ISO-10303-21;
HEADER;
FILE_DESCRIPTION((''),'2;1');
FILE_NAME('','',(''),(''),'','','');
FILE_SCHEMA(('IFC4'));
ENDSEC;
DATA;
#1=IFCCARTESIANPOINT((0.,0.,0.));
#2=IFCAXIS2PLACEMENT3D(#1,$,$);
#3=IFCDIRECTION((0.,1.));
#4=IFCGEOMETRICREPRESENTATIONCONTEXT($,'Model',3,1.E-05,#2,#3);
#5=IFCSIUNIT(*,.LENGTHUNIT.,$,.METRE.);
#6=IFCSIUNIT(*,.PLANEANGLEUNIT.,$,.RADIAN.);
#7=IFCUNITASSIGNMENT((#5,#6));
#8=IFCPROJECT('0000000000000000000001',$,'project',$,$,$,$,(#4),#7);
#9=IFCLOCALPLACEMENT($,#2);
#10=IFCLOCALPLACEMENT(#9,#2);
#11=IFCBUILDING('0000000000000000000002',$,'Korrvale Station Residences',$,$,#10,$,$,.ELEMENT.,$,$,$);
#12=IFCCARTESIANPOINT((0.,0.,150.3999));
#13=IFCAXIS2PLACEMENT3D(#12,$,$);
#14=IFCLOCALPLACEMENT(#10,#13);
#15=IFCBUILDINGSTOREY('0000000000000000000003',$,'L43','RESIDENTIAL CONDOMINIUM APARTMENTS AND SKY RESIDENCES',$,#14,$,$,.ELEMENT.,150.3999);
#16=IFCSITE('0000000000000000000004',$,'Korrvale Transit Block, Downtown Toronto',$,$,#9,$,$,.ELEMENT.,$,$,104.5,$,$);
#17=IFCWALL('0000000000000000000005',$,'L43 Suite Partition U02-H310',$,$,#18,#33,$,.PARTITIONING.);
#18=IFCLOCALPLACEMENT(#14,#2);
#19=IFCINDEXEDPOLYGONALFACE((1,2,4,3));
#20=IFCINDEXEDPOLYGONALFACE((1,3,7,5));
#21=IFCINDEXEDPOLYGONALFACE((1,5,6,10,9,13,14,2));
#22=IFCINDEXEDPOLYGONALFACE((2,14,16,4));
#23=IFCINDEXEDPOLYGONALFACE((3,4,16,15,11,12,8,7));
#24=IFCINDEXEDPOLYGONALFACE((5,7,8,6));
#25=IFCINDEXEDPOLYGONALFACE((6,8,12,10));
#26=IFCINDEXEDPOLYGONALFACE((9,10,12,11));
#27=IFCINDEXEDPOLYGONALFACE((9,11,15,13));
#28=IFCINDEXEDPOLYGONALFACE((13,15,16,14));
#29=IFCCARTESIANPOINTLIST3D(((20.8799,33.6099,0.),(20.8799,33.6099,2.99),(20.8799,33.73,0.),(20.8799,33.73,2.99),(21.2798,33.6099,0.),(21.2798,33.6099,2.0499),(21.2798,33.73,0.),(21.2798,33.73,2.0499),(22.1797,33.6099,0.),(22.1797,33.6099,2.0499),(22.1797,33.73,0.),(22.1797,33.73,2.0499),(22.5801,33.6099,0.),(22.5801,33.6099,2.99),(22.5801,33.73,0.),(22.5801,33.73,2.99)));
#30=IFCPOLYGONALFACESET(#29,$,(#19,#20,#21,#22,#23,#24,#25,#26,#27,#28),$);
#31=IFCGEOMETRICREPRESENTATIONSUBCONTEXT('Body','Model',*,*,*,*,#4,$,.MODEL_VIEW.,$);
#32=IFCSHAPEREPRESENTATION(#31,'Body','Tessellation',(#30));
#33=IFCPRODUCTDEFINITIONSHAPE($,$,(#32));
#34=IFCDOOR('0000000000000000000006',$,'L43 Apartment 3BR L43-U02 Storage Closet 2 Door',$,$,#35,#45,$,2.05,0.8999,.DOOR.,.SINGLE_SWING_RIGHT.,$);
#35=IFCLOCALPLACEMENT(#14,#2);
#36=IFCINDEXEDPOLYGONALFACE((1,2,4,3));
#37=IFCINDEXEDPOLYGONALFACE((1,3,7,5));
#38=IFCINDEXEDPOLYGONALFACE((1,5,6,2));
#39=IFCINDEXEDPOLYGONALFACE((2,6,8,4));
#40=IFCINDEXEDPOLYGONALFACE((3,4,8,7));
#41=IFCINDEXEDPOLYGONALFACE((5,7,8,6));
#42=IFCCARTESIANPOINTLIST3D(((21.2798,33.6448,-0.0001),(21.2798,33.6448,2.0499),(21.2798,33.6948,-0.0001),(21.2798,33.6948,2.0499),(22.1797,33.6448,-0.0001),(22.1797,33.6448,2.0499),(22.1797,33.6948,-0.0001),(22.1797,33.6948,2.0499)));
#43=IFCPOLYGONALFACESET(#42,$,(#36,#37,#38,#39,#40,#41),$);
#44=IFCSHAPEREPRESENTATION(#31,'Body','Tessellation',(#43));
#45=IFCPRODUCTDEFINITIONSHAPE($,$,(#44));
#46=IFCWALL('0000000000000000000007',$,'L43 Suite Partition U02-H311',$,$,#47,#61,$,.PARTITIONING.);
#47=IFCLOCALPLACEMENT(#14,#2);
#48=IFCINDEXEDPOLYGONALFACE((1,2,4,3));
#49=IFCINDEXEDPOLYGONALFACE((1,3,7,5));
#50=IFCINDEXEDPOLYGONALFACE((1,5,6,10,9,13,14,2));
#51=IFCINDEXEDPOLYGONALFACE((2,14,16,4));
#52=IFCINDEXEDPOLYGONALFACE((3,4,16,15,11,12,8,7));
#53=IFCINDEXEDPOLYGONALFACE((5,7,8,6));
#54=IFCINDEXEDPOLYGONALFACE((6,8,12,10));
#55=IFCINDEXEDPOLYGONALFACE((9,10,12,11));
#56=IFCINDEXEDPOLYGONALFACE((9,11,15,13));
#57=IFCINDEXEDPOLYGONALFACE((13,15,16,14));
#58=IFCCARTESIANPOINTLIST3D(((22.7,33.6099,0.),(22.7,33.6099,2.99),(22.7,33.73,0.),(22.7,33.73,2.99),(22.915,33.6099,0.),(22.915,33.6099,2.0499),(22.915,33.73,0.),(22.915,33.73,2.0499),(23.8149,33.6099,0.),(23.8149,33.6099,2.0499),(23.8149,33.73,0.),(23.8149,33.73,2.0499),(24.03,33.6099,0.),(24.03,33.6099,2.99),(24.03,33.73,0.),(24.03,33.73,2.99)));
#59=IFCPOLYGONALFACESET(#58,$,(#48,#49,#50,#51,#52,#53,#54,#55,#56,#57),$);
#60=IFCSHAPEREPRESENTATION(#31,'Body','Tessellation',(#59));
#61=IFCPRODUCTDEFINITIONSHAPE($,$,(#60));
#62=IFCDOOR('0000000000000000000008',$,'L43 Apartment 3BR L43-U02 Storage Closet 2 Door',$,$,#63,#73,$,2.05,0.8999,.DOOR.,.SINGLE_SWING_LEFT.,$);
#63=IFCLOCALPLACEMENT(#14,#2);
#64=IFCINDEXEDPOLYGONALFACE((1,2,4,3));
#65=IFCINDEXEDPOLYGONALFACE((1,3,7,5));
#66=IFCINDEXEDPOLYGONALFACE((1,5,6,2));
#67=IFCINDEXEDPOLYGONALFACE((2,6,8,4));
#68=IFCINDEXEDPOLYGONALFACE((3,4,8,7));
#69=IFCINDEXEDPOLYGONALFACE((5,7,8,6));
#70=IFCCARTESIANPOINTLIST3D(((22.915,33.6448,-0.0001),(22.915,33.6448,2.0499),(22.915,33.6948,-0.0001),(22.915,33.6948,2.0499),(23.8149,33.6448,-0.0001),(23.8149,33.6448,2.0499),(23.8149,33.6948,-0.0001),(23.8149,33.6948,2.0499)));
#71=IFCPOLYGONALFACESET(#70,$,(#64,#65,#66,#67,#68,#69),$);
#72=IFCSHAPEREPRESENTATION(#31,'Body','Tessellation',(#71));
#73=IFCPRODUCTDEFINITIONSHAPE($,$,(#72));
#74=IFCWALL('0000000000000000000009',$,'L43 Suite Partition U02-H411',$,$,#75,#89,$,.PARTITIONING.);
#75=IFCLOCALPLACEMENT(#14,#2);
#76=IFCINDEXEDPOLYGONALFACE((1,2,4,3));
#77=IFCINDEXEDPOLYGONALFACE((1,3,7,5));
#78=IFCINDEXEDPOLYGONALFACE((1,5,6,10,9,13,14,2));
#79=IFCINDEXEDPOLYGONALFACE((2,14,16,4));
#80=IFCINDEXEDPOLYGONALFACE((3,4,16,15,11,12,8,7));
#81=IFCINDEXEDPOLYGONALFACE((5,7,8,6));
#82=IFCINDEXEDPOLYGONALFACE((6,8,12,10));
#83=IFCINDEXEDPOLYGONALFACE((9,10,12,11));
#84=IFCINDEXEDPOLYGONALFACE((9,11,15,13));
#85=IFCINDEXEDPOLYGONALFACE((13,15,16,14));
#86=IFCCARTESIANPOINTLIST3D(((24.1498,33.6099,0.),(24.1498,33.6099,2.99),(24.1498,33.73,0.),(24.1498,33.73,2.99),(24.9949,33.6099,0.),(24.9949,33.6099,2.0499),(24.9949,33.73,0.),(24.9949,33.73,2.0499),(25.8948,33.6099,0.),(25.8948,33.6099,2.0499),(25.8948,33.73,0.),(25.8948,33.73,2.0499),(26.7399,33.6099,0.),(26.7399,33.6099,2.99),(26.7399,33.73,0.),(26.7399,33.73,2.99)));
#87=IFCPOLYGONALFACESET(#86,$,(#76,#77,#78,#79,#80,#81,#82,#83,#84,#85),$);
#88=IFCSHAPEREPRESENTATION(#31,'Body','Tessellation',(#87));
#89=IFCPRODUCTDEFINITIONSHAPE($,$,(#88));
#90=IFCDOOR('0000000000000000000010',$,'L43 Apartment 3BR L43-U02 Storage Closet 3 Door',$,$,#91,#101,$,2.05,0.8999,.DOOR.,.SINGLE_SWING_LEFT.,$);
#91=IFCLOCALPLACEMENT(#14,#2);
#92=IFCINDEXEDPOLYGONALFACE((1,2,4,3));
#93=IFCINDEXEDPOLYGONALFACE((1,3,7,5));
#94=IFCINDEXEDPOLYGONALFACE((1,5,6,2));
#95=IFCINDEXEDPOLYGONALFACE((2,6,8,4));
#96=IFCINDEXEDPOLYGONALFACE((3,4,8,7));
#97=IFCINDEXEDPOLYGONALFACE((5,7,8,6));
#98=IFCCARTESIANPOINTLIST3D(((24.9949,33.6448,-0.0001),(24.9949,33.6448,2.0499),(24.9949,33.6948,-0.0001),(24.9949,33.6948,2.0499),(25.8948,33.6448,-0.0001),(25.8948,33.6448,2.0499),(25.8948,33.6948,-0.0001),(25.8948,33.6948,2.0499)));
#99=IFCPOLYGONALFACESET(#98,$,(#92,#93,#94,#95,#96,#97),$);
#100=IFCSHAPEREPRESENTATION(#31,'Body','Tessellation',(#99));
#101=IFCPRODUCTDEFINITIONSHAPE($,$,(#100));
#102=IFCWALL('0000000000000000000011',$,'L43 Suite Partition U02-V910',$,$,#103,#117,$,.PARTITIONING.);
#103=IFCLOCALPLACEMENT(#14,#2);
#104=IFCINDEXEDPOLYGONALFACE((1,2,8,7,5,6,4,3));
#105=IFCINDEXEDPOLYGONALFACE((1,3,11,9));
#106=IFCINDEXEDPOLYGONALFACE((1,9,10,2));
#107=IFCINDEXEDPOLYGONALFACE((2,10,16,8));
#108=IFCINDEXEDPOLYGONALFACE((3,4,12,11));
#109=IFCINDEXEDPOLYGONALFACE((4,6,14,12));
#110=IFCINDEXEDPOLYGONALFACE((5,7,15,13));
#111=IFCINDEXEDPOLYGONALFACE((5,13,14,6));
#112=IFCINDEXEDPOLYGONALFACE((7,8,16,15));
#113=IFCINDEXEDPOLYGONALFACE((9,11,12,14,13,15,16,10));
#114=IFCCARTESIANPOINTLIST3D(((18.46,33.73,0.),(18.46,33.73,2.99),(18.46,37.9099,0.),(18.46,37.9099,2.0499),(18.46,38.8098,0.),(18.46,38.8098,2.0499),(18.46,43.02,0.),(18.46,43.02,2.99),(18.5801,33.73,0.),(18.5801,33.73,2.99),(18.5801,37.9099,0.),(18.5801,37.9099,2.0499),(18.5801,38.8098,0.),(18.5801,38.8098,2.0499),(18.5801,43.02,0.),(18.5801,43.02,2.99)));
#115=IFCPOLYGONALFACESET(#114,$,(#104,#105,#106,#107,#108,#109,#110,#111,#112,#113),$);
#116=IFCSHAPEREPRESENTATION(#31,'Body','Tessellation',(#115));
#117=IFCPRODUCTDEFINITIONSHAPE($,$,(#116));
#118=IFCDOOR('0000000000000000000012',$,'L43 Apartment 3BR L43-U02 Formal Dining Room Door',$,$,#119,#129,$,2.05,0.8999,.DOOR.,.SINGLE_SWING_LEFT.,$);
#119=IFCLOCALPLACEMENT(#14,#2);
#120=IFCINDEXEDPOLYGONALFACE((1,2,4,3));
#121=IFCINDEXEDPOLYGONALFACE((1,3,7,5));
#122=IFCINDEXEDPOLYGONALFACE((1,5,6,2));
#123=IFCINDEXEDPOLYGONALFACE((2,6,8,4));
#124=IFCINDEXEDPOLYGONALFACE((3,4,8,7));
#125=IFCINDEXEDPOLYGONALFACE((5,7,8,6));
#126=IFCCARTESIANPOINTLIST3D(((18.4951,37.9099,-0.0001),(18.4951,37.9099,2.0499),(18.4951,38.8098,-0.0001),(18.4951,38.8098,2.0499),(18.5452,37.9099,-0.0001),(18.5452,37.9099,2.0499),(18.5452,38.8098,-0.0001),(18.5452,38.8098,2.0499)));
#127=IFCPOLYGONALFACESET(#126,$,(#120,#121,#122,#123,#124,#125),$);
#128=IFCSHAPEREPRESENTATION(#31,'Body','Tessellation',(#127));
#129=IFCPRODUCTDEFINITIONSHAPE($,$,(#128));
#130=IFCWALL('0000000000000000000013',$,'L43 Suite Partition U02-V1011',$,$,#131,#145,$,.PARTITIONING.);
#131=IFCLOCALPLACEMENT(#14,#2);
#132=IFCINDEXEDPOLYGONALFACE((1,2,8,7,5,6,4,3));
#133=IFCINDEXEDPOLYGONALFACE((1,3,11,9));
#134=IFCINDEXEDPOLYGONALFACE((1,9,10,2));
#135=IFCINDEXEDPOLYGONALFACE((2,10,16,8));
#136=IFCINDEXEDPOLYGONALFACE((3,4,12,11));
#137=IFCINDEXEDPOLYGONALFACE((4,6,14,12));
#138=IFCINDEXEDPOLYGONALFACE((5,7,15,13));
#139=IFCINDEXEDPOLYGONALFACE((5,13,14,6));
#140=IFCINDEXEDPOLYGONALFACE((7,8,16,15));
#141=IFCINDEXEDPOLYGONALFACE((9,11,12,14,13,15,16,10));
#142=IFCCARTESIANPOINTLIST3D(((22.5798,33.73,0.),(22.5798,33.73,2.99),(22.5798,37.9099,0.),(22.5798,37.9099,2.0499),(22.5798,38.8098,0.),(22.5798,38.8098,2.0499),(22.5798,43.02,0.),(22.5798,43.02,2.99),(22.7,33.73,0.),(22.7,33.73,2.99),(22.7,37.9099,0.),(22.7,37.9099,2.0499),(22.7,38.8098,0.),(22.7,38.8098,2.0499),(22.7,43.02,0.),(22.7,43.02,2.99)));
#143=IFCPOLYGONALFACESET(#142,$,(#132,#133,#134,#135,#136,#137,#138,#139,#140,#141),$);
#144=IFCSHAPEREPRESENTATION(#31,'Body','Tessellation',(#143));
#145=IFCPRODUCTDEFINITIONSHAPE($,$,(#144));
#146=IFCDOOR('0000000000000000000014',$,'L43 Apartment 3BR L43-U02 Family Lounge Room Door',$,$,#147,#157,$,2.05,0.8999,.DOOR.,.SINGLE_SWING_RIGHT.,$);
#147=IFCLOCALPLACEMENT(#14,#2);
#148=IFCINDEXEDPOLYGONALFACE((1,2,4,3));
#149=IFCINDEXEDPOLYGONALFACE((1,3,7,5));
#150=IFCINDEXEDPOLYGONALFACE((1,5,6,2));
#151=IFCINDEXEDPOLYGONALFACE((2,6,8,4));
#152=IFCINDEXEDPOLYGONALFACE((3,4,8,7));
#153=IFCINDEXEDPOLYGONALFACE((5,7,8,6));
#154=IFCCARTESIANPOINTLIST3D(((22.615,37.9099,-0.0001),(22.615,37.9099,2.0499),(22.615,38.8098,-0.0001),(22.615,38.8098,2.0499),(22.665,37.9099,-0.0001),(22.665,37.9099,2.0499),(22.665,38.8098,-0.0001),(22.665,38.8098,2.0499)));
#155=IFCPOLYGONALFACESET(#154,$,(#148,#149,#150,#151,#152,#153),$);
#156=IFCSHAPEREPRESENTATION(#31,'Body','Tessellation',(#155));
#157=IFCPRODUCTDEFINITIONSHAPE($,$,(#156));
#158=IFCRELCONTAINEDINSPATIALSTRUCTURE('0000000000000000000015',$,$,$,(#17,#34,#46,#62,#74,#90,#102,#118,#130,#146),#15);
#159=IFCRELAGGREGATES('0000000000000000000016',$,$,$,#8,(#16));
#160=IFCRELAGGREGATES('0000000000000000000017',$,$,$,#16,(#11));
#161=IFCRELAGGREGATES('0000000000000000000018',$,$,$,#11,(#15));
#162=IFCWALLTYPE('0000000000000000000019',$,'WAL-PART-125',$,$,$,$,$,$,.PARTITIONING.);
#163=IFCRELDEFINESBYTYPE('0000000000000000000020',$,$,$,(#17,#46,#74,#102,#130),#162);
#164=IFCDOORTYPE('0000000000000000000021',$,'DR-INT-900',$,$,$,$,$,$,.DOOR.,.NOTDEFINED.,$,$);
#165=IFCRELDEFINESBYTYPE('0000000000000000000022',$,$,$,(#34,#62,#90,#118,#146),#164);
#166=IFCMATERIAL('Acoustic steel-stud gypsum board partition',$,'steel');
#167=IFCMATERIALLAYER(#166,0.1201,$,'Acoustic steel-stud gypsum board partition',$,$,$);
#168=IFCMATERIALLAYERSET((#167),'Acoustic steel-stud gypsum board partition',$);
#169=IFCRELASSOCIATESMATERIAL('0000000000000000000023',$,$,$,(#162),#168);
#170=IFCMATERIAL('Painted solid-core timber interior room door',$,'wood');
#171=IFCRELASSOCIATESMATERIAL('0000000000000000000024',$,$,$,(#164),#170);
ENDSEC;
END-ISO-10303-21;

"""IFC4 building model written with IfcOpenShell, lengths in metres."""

from ifc_helpers import new_model, si_unit, direction, frame, frame_2d, origin, place, context, subcontext, project, spatial, rectangle, extrude, material, layer, layer_set, type_object, element, fill, save


model = new_model("IFC4")

# Units and contexts
model_context = context("Model", 3, precision=1e-05, world=origin(), true_north=direction((0.0, 1.0)))
body_context = subcontext(model_context, "Body", "Model", "MODEL_VIEW")
ifc_project = project(units=[si_unit("LENGTHUNIT", "METRE"), si_unit("PLANEANGLEUNIT", "RADIAN")], contexts=[model_context])

# Site, building, storey
site_placement = place(None, origin())
site = spatial("IfcSite", under=ifc_project, at=site_placement, Name="Korrvale Transit Block, Downtown Toronto", CompositionType="ELEMENT", RefElevation=104.5)
building_placement = place(site_placement, origin())
building = spatial("IfcBuilding", under=site, at=building_placement, Name="Korrvale Station Residences", CompositionType="ELEMENT")
storey_placement = place(building_placement, frame((0.0, 0.0, 150.3999)))
storey = spatial("IfcBuildingStorey", under=building, at=storey_placement, Name="L43", Description="RESIDENTIAL CONDOMINIUM APARTMENTS AND SKY RESIDENCES", CompositionType="ELEMENT", Elevation=150.3999)

# Walls, openings, doors
ifc_material_1 = material(Name="Acoustic steel-stud gypsum board partition", Category="steel")
ifc_layer = layer(ifc_material_1, 0.1201, Name="Acoustic steel-stud gypsum board partition")
ifc_layer_set = layer_set([ifc_layer], Name="Acoustic steel-stud gypsum board partition")
wall_type = type_object("IfcWallType", Name="WAL-PART-125", PredefinedType="PARTITIONING", material=ifc_layer_set)
ifc_material_2 = material(Name="Painted solid-core timber interior room door", Category="wood")
door_type = type_object("IfcDoorType", Name="DR-INT-900", OperationType="NOTDEFINED", PredefinedType="DOOR", material=ifc_material_2)
wall_1_placement = place(storey_placement, frame((20.8799, 33.6699, 0.0), z_axis=(0.0, 0.0, 1.0), x_axis=(1.0, 0.0, 0.0)))
wall_1 = element("IfcWall", 1, at=wall_1_placement, inside=storey, type_object=wall_type, Name="L43 Suite Partition U02-H310", PredefinedType="PARTITIONING", context=body_context, shape_type="SweptSolid", body=[
    extrude(rectangle(XDim=1.7002, YDim=0.1201, at=frame_2d((0.8501, 0.0))), origin(), (0.0, 0.0, 1.0), 2.99),
])
opening_1_placement = place(wall_1_placement, frame((0.3999, 0.0, 0.0)))
opening_1 = element("IfcOpeningElement", 2, at=opening_1_placement, cuts=wall_1, PredefinedType="OPENING", context=body_context, shape_type="SweptSolid", body=[
    extrude(rectangle(XDim=0.8999, YDim=2.05, at=frame_2d((0.45, 1.0249))), frame((0.0, 0.0701, 0.0), z_axis=(0.0, -1.0, 0.0), x_axis=(1.0, 0.0, 0.0)), (0.0, 0.0, 1.0), 0.1401),
])
door_1_placement = place(opening_1_placement, origin())
door_1 = element("IfcDoor", 3, at=door_1_placement, inside=storey, type_object=door_type, Name="L43 Apartment 3BR L43-U02 Storage Closet 2 Door", OperationType="SINGLE_SWING_RIGHT", OverallHeight=2.05, OverallWidth=0.8999, PredefinedType="DOOR", context=body_context, shape_type="SweptSolid", body=[
    extrude(rectangle(XDim=0.8999, YDim=2.05, at=frame_2d((0.45, 1.0249))), frame((0.0, 0.0249, 0.0), z_axis=(0.0, -1.0, 0.0), x_axis=(1.0, 0.0, 0.0)), (0.0, 0.0, 1.0), 0.05),
])
fill(opening_1, door_1)
wall_2_placement = place(storey_placement, frame((22.7, 33.6699, 0.0), z_axis=(0.0, 0.0, 1.0), x_axis=(1.0, 0.0, 0.0)))
wall_2 = element("IfcWall", 4, at=wall_2_placement, inside=storey, type_object=wall_type, Name="L43 Suite Partition U02-H311", PredefinedType="PARTITIONING", context=body_context, shape_type="SweptSolid", body=[
    extrude(rectangle(XDim=1.3301, YDim=0.1201, at=frame_2d((0.665, 0.0))), origin(), (0.0, 0.0, 1.0), 2.99),
])
opening_2_placement = place(wall_2_placement, frame((0.2151, 0.0, 0.0)))
opening_2 = element("IfcOpeningElement", 5, at=opening_2_placement, cuts=wall_2, PredefinedType="OPENING", context=body_context, shape_type="SweptSolid", body=[
    extrude(rectangle(XDim=0.8999, YDim=2.05, at=frame_2d((0.45, 1.0249))), frame((0.0, 0.0701, 0.0), z_axis=(0.0, -1.0, 0.0), x_axis=(1.0, 0.0, 0.0)), (0.0, 0.0, 1.0), 0.1401),
])
door_2_placement = place(opening_2_placement, origin())
door_2 = element("IfcDoor", 6, at=door_2_placement, inside=storey, type_object=door_type, Name="L43 Apartment 3BR L43-U02 Storage Closet 2 Door", OperationType="SINGLE_SWING_LEFT", OverallHeight=2.05, OverallWidth=0.8999, PredefinedType="DOOR", context=body_context, shape_type="SweptSolid", body=[
    extrude(rectangle(XDim=0.8999, YDim=2.05, at=frame_2d((0.45, 1.0249))), frame((0.0, 0.0249, 0.0), z_axis=(0.0, -1.0, 0.0), x_axis=(1.0, 0.0, 0.0)), (0.0, 0.0, 1.0), 0.05),
])
fill(opening_2, door_2)
wall_3_placement = place(storey_placement, frame((24.1499, 33.6699, 0.0), z_axis=(0.0, 0.0, 1.0), x_axis=(1.0, 0.0, 0.0)))
wall_3 = element("IfcWall", 7, at=wall_3_placement, inside=storey, type_object=wall_type, Name="L43 Suite Partition U02-H411", PredefinedType="PARTITIONING", context=body_context, shape_type="SweptSolid", body=[
    extrude(rectangle(XDim=2.5901, YDim=0.1201, at=frame_2d((1.2949, 0.0))), origin(), (0.0, 0.0, 1.0), 2.99),
])
opening_3_placement = place(wall_3_placement, frame((0.845, 0.0, 0.0)))
opening_3 = element("IfcOpeningElement", 8, at=opening_3_placement, cuts=wall_3, PredefinedType="OPENING", context=body_context, shape_type="SweptSolid", body=[
    extrude(rectangle(XDim=0.8999, YDim=2.05, at=frame_2d((0.45, 1.0249))), frame((0.0, 0.0701, 0.0), z_axis=(0.0, -1.0, 0.0), x_axis=(1.0, 0.0, 0.0)), (0.0, 0.0, 1.0), 0.1401),
])
door_3_placement = place(opening_3_placement, origin())
door_3 = element("IfcDoor", 9, at=door_3_placement, inside=storey, type_object=door_type, Name="L43 Apartment 3BR L43-U02 Storage Closet 3 Door", OperationType="SINGLE_SWING_LEFT", OverallHeight=2.05, OverallWidth=0.8999, PredefinedType="DOOR", context=body_context, shape_type="SweptSolid", body=[
    extrude(rectangle(XDim=0.8999, YDim=2.05, at=frame_2d((0.45, 1.0249))), frame((0.0, 0.0249, 0.0), z_axis=(0.0, -1.0, 0.0), x_axis=(1.0, 0.0, 0.0)), (0.0, 0.0, 1.0), 0.05),
])
fill(opening_3, door_3)
wall_4_placement = place(storey_placement, frame((18.52, 33.73, 0.0), z_axis=(0.0, 0.0, 1.0), x_axis=(0.0, 1.0, 0.0)))
wall_4 = element("IfcWall", 10, at=wall_4_placement, inside=storey, type_object=wall_type, Name="L43 Suite Partition U02-V910", PredefinedType="PARTITIONING", context=body_context, shape_type="SweptSolid", body=[
    extrude(rectangle(XDim=9.29, YDim=0.1201, at=frame_2d((4.645, 0.0))), origin(), (0.0, 0.0, 1.0), 2.99),
])
opening_4_placement = place(wall_4_placement, frame((4.1799, 0.0, 0.0)))
opening_4 = element("IfcOpeningElement", 11, at=opening_4_placement, cuts=wall_4, PredefinedType="OPENING", context=body_context, shape_type="SweptSolid", body=[
    extrude(rectangle(XDim=0.8999, YDim=2.05, at=frame_2d((0.45, 1.0249))), frame((0.0, 0.0701, 0.0), z_axis=(0.0, -1.0, 0.0), x_axis=(1.0, 0.0, 0.0)), (0.0, 0.0, 1.0), 0.1401),
])
door_4_placement = place(opening_4_placement, origin())
door_4 = element("IfcDoor", 12, at=door_4_placement, inside=storey, type_object=door_type, Name="L43 Apartment 3BR L43-U02 Formal Dining Room Door", OperationType="SINGLE_SWING_LEFT", OverallHeight=2.05, OverallWidth=0.8999, PredefinedType="DOOR", context=body_context, shape_type="SweptSolid", body=[
    extrude(rectangle(XDim=0.8999, YDim=2.05, at=frame_2d((0.45, 1.0249))), frame((0.0, 0.0249, 0.0), z_axis=(0.0, -1.0, 0.0), x_axis=(1.0, 0.0, 0.0)), (0.0, 0.0, 1.0), 0.05),
])
fill(opening_4, door_4)
wall_5_placement = place(storey_placement, frame((22.6399, 33.73, 0.0), z_axis=(0.0, 0.0, 1.0), x_axis=(0.0, 1.0, 0.0)))
wall_5 = element("IfcWall", 13, at=wall_5_placement, inside=storey, type_object=wall_type, Name="L43 Suite Partition U02-V1011", PredefinedType="PARTITIONING", context=body_context, shape_type="SweptSolid", body=[
    extrude(rectangle(XDim=9.29, YDim=0.1201, at=frame_2d((4.645, 0.0))), origin(), (0.0, 0.0, 1.0), 2.99),
])
opening_5_placement = place(wall_5_placement, frame((4.1799, 0.0, 0.0)))
opening_5 = element("IfcOpeningElement", 14, at=opening_5_placement, cuts=wall_5, PredefinedType="OPENING", context=body_context, shape_type="SweptSolid", body=[
    extrude(rectangle(XDim=0.8999, YDim=2.05, at=frame_2d((0.45, 1.0249))), frame((0.0, 0.0701, 0.0), z_axis=(0.0, -1.0, 0.0), x_axis=(1.0, 0.0, 0.0)), (0.0, 0.0, 1.0), 0.1401),
])
door_5_placement = place(opening_5_placement, origin())
door_5 = element("IfcDoor", 15, at=door_5_placement, inside=storey, type_object=door_type, Name="L43 Apartment 3BR L43-U02 Family Lounge Room Door", OperationType="SINGLE_SWING_RIGHT", OverallHeight=2.05, OverallWidth=0.8999, PredefinedType="DOOR", context=body_context, shape_type="SweptSolid", body=[
    extrude(rectangle(XDim=0.8999, YDim=2.05, at=frame_2d((0.45, 1.0249))), frame((0.0, 0.0249, 0.0), z_axis=(0.0, -1.0, 0.0), x_axis=(1.0, 0.0, 0.0)), (0.0, 0.0, 1.0), 0.05),
])
fill(opening_5, door_5)

save(model, "model.ifc")
